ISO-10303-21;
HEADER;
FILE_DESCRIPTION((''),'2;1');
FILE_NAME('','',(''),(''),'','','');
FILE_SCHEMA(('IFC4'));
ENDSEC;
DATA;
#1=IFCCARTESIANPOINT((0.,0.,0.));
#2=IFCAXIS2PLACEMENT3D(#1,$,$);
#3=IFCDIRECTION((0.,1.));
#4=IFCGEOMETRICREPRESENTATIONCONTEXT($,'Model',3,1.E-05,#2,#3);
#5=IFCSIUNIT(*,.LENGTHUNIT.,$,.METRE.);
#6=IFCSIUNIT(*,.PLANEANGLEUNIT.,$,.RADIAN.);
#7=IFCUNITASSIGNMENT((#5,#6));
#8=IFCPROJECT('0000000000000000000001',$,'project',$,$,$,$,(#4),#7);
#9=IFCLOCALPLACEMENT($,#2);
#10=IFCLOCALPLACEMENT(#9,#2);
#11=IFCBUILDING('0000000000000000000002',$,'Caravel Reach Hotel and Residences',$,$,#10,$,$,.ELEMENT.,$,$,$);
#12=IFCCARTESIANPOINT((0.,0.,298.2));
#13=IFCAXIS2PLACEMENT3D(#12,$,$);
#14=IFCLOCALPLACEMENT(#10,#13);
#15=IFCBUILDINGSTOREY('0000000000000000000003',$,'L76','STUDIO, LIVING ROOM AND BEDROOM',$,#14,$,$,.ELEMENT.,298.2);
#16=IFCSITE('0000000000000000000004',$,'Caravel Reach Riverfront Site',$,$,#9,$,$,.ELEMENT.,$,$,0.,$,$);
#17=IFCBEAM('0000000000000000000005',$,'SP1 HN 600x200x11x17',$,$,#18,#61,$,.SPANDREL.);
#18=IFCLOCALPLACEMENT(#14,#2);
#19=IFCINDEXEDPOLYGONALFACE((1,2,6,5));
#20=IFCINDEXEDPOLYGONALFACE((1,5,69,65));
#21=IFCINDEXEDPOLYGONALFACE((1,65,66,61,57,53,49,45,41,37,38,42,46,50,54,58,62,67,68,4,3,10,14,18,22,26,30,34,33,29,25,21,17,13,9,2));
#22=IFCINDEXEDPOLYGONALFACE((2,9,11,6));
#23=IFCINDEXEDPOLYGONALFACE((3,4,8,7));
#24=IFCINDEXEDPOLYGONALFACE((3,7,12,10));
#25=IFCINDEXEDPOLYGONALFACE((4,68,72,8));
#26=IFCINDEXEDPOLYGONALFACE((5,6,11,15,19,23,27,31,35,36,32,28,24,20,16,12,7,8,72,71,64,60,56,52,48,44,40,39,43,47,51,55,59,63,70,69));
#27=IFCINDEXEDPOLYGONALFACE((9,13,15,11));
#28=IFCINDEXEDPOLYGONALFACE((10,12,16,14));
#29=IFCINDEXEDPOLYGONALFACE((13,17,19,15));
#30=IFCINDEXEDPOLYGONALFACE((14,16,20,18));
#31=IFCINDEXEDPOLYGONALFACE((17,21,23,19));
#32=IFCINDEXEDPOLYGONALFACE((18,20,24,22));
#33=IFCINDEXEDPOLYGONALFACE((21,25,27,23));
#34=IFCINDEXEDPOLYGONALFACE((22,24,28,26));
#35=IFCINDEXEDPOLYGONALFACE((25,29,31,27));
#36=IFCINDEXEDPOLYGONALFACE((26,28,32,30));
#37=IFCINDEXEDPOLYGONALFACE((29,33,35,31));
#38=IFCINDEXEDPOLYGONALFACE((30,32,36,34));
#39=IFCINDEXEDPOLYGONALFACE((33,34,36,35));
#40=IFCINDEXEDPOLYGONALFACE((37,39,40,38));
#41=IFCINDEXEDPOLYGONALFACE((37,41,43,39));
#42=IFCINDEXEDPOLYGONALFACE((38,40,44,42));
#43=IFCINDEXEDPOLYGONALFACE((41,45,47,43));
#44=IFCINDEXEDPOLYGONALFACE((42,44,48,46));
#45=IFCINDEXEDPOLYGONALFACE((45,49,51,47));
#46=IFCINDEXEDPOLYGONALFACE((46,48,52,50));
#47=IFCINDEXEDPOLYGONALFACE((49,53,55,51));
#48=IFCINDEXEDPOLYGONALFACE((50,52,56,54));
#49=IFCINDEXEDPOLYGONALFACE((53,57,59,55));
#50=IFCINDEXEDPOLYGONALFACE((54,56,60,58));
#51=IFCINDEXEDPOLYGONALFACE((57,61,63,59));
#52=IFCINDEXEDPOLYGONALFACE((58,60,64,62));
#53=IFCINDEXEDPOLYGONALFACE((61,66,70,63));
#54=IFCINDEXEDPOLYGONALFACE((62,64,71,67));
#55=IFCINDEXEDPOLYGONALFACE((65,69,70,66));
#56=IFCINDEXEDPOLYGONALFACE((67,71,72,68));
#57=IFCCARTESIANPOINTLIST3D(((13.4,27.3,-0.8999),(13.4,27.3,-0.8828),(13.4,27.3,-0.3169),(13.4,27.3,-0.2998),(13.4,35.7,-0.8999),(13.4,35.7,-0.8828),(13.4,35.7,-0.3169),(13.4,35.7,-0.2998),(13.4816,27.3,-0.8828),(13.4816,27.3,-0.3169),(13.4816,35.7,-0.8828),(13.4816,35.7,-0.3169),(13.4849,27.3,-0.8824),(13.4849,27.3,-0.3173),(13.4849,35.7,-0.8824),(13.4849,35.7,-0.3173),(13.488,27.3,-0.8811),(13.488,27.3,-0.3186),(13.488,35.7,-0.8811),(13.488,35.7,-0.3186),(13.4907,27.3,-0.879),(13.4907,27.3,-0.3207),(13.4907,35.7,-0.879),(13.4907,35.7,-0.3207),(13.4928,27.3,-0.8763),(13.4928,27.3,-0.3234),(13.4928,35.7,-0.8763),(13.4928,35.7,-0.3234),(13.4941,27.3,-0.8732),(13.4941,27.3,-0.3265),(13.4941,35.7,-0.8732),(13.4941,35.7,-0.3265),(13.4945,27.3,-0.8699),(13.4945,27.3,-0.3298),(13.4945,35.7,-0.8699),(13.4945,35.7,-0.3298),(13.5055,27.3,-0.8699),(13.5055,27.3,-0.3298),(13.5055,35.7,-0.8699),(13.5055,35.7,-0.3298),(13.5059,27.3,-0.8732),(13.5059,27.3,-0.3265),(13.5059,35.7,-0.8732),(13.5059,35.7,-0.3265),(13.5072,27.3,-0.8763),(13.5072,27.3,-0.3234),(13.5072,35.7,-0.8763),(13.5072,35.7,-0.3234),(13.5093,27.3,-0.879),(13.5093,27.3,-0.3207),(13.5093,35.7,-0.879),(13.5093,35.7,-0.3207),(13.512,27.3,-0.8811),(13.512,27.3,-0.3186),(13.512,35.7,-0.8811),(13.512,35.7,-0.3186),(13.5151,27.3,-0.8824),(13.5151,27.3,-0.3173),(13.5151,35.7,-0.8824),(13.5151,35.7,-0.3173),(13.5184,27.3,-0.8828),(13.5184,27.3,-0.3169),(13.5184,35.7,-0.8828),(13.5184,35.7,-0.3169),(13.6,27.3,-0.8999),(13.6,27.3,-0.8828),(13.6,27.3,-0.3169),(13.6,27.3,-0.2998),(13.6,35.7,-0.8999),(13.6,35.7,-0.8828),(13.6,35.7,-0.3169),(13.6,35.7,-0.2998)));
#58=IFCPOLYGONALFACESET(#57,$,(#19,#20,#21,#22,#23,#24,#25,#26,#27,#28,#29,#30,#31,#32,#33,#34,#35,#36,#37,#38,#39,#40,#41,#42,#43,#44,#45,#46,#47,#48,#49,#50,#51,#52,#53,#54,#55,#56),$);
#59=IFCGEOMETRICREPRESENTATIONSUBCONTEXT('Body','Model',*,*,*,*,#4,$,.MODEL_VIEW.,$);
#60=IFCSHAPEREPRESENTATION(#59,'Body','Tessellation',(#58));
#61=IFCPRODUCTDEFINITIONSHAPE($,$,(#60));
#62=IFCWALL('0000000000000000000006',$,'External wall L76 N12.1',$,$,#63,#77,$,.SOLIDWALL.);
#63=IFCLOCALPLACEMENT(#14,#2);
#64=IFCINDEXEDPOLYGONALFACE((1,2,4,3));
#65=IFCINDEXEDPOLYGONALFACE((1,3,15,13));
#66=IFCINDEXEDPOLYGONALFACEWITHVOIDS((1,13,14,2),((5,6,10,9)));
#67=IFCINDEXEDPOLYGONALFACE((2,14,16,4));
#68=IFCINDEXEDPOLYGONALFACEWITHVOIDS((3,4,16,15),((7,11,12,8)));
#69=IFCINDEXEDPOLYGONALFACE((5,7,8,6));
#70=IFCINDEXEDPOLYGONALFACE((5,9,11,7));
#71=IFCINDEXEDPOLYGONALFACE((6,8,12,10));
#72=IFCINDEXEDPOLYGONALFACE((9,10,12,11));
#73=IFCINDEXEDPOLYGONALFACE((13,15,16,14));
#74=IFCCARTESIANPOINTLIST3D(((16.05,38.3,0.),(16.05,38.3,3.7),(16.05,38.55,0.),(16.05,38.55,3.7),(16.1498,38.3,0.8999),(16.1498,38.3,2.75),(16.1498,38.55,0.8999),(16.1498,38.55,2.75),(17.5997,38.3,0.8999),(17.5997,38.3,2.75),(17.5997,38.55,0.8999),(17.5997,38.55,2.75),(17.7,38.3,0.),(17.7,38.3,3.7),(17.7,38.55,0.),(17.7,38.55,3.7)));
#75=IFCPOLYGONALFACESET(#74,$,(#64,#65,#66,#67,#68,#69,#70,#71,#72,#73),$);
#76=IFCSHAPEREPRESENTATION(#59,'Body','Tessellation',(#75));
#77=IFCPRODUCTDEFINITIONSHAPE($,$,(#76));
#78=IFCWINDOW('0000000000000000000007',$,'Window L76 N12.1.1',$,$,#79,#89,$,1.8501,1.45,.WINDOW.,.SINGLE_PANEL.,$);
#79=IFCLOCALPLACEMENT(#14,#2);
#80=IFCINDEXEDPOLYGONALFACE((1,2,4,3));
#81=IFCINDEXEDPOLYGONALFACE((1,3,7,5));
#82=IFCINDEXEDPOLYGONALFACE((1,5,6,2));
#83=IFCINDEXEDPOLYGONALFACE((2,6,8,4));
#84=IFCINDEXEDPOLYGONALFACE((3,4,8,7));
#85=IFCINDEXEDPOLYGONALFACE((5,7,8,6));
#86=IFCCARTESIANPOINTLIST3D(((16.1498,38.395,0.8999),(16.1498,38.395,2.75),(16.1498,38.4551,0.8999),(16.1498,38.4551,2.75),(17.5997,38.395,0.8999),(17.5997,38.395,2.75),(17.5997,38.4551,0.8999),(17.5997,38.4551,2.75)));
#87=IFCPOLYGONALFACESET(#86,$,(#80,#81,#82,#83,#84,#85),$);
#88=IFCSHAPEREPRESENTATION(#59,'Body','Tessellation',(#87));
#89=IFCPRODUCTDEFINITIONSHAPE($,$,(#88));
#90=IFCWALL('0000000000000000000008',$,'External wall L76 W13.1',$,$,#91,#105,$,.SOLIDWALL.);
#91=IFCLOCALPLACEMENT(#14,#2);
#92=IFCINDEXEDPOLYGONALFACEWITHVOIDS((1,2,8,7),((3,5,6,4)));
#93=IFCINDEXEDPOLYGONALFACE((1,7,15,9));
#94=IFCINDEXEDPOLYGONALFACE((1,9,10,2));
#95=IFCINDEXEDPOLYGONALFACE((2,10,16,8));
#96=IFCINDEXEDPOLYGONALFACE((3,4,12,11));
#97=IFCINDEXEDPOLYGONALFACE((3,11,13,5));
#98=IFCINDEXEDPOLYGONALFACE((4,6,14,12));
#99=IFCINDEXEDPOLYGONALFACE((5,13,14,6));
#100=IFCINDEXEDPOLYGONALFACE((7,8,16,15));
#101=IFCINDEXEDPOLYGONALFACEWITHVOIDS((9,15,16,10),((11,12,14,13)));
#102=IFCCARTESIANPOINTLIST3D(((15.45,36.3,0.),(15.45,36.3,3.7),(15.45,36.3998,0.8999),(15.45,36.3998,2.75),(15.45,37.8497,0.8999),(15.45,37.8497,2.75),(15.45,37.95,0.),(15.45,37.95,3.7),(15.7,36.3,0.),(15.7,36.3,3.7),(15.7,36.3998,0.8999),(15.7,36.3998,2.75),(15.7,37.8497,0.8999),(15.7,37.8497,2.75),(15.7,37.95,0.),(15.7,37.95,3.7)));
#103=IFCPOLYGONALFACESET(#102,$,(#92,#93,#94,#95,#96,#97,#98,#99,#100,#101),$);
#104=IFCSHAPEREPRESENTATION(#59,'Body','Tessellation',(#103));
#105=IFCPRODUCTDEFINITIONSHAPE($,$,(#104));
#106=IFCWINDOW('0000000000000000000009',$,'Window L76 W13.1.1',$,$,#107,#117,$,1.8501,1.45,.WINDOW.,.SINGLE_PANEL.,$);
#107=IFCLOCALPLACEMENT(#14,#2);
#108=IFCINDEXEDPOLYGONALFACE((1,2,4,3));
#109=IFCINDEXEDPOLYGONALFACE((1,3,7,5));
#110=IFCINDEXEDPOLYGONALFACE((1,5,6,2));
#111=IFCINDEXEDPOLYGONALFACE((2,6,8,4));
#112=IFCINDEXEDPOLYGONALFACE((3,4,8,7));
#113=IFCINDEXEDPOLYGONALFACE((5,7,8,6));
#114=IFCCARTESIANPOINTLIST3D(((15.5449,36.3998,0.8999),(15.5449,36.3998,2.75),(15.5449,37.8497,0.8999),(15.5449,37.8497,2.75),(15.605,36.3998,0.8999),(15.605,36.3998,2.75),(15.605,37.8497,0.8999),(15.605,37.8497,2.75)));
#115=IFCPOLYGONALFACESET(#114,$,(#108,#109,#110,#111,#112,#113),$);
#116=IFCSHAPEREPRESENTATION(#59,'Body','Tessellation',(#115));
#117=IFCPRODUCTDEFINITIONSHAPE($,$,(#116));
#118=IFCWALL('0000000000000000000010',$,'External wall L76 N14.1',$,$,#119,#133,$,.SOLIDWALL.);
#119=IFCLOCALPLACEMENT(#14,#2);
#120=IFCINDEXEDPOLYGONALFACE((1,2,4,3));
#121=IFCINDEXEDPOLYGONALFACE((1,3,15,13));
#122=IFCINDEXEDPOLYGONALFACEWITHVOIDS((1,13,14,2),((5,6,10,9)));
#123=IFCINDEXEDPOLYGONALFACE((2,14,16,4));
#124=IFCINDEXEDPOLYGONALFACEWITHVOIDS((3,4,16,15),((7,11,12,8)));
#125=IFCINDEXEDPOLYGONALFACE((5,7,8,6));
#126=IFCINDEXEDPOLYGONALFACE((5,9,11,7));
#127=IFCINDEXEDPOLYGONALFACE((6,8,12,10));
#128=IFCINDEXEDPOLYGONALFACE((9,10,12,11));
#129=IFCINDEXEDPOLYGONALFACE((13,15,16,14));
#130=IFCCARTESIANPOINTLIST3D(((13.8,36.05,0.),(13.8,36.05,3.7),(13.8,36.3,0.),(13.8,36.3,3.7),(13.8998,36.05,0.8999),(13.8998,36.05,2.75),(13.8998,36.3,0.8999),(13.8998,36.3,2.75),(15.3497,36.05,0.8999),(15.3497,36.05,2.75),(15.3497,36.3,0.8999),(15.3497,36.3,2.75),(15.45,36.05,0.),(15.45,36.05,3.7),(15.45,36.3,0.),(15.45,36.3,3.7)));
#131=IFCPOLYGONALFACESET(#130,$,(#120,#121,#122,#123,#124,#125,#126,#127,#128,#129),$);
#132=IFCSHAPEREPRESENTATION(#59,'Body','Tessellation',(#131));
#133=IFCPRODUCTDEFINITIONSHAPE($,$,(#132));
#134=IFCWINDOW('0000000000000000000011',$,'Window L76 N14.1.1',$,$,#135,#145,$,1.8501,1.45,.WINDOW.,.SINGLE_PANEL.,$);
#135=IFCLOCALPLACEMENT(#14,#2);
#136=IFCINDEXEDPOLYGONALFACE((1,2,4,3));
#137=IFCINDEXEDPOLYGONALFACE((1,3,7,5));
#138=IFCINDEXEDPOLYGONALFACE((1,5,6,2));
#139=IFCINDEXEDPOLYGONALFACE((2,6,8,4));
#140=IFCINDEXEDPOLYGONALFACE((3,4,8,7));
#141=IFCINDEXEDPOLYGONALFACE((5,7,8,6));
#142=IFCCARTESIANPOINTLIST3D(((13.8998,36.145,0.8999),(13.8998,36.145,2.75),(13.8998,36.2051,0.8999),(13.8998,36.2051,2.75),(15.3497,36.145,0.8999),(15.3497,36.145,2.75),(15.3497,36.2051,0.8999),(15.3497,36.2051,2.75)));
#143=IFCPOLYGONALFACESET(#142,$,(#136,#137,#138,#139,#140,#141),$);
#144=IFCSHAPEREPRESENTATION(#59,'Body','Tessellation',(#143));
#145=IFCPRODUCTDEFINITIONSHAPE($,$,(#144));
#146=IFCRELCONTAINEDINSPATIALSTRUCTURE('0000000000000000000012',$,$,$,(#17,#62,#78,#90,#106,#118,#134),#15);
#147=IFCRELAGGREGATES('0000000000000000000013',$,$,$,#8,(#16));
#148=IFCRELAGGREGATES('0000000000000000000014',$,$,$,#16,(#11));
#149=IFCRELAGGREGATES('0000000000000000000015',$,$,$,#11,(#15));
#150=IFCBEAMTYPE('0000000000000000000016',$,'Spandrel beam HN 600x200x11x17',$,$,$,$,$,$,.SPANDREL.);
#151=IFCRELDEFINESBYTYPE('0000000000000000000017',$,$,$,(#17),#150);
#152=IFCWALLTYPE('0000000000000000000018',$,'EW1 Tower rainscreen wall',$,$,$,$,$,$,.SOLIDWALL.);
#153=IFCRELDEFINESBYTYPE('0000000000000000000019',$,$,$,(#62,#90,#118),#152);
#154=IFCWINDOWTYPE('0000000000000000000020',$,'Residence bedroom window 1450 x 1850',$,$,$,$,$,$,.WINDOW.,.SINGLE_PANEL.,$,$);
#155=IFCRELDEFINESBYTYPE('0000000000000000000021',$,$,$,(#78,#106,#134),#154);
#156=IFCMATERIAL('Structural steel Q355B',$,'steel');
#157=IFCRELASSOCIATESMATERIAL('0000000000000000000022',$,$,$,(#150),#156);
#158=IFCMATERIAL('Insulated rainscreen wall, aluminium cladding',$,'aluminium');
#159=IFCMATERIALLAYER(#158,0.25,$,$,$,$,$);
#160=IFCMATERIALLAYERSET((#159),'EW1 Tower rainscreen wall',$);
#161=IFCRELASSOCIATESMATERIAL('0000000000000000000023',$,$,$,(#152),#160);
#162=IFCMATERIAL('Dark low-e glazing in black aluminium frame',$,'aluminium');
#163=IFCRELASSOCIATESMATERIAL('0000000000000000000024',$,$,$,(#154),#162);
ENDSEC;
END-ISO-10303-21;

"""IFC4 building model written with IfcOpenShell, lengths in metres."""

from ifc_helpers import new_model, si_unit, direction, frame, frame_2d, origin, origin_2d, place, context, subcontext, project, spatial, rectangle, i_section, extrude, material, layer, layer_set, material_profile, profile_set, type_object, element, fill, save


model = new_model("IFC4")

# Units and contexts
model_context = context("Model", 3, precision=1e-05, world=origin(), true_north=direction((0.0, 1.0)))
body_context = subcontext(model_context, "Body", "Model", "MODEL_VIEW")
ifc_project = project(units=[si_unit("LENGTHUNIT", "METRE"), si_unit("PLANEANGLEUNIT", "RADIAN")], contexts=[model_context])

# Site, building, storey
site_placement = place(None, origin())
site = spatial("IfcSite", under=ifc_project, at=site_placement, Name="Caravel Reach Riverfront Site", CompositionType="ELEMENT", RefElevation=0.0)
building_placement = place(site_placement, origin())
building = spatial("IfcBuilding", under=site, at=building_placement, Name="Caravel Reach Hotel and Residences", CompositionType="ELEMENT")
storey_placement = place(building_placement, frame((0.0, 0.0, 298.2)))
storey = spatial("IfcBuildingStorey", under=building, at=storey_placement, Name="L76", Description="STUDIO, LIVING ROOM AND BEDROOM", CompositionType="ELEMENT", Elevation=298.2)

# Beam
ifc_material_1 = material(Name="Structural steel Q355B", Category="steel")
ifc_material_profile_1 = material_profile(ifc_material_1, i_section(OverallWidth=0.2, OverallDepth=0.6001, WebThickness=0.011, FlangeThickness=0.0171, FilletRadius=0.0129, at=origin_2d()), Name="HN 600x200x11x17")
ifc_profile_set_1 = profile_set([ifc_material_profile_1], Name="Structural steel Q355B")
beam_type = type_object("IfcBeamType", Name="Spandrel beam HN 600x200x11x17", PredefinedType="SPANDREL", material=ifc_profile_set_1)
beam_placement = place(storey_placement, frame((13.5, 35.7, -0.5999), z_axis=(0.0, -1.0, 0.0), x_axis=(1.0, 0.0, 0.0)))
element("IfcBeam", 1, at=beam_placement, inside=storey, type_object=beam_type, Name="SP1 HN 600x200x11x17", PredefinedType="SPANDREL", context=body_context, shape_type="SweptSolid", body=[
    extrude(i_section(OverallWidth=0.2, OverallDepth=0.6001, WebThickness=0.011, FlangeThickness=0.0171, FilletRadius=0.0129, at=origin_2d()), origin(), (0.0, 0.0, 1.0), 8.3999),
])

# Walls, openings, windows
ifc_material_2 = material(Name="Insulated rainscreen wall, aluminium cladding", Category="aluminium")
ifc_layer = layer(ifc_material_2, 0.25)
ifc_layer_set = layer_set([ifc_layer], Name="EW1 Tower rainscreen wall")
wall_type = type_object("IfcWallType", Name="EW1 Tower rainscreen wall", PredefinedType="SOLIDWALL", material=ifc_layer_set)
wall_1_placement = place(storey_placement, frame((17.7, 38.425, 0.0), z_axis=(0.0, 0.0, 1.0), x_axis=(-1.0, 0.0, 0.0)))
wall_1 = element("IfcWall", 2, at=wall_1_placement, inside=storey, type_object=wall_type, Name="External wall L76 N12.1", PredefinedType="SOLIDWALL", context=body_context, shape_type="SweptSolid", body=[
    extrude(rectangle(XDim=1.6499, YDim=0.25, at=frame_2d((0.825, 0.0))), origin(), (0.0, 0.0, 1.0), 3.7),
])
opening_1_placement = place(wall_1_placement, frame((0.1001, 0.0, 0.8999)))
opening_1 = element("IfcOpeningElement", 3, at=opening_1_placement, cuts=wall_1, PredefinedType="OPENING", context=body_context, shape_type="SweptSolid", body=[
    extrude(rectangle(XDim=1.45, YDim=1.8501, at=frame_2d((0.7251, 0.925))), frame((0.0, 0.135, 0.0), z_axis=(0.0, -1.0, 0.0), x_axis=(1.0, 0.0, 0.0)), (0.0, 0.0, 1.0), 0.27),
])
ifc_material_3 = material(Name="Dark low-e glazing in black aluminium frame", Category="aluminium")
window_type_1 = type_object("IfcWindowType", Name="Residence bedroom window 1450 x 1850", PartitioningType="SINGLE_PANEL", PredefinedType="WINDOW", material=ifc_material_3)
window_1_placement = place(opening_1_placement, origin())
window_1 = element("IfcWindow", 4, at=window_1_placement, inside=storey, type_object=window_type_1, Name="Window L76 N12.1.1", OverallHeight=1.8501, OverallWidth=1.45, PartitioningType="SINGLE_PANEL", PredefinedType="WINDOW", context=body_context, shape_type="SweptSolid", body=[
    extrude(rectangle(XDim=1.45, YDim=1.8501, at=frame_2d((0.7251, 0.925))), frame((0.0, 0.03, 0.0), z_axis=(0.0, -1.0, 0.0), x_axis=(1.0, 0.0, 0.0)), (0.0, 0.0, 1.0), 0.0601),
])
fill(opening_1, window_1)
wall_2_placement = place(storey_placement, frame((15.575, 37.95, 0.0), z_axis=(0.0, 0.0, 1.0), x_axis=(0.0, -1.0, 0.0)))
wall_2 = element("IfcWall", 5, at=wall_2_placement, inside=storey, type_object=wall_type, Name="External wall L76 W13.1", PredefinedType="SOLIDWALL", context=body_context, shape_type="SweptSolid", body=[
    extrude(rectangle(XDim=1.6499, YDim=0.25, at=frame_2d((0.825, 0.0))), origin(), (0.0, 0.0, 1.0), 3.7),
])
opening_2_placement = place(wall_2_placement, frame((0.1001, 0.0, 0.8999)))
opening_2 = element("IfcOpeningElement", 6, at=opening_2_placement, cuts=wall_2, PredefinedType="OPENING", context=body_context, shape_type="SweptSolid", body=[
    extrude(rectangle(XDim=1.45, YDim=1.8501, at=frame_2d((0.7251, 0.925))), frame((0.0, 0.135, 0.0), z_axis=(0.0, -1.0, 0.0), x_axis=(1.0, 0.0, 0.0)), (0.0, 0.0, 1.0), 0.27),
])
window_2_placement = place(opening_2_placement, origin())
window_2 = element("IfcWindow", 7, at=window_2_placement, inside=storey, type_object=window_type_1, Name="Window L76 W13.1.1", OverallHeight=1.8501, OverallWidth=1.45, PartitioningType="SINGLE_PANEL", PredefinedType="WINDOW", context=body_context, shape_type="SweptSolid", body=[
    extrude(rectangle(XDim=1.45, YDim=1.8501, at=frame_2d((0.7251, 0.925))), frame((0.0, 0.03, 0.0), z_axis=(0.0, -1.0, 0.0), x_axis=(1.0, 0.0, 0.0)), (0.0, 0.0, 1.0), 0.0601),
])
fill(opening_2, window_2)
wall_3_placement = place(storey_placement, frame((15.45, 36.175, 0.0), z_axis=(0.0, 0.0, 1.0), x_axis=(-1.0, 0.0, 0.0)))
wall_3 = element("IfcWall", 8, at=wall_3_placement, inside=storey, type_object=wall_type, Name="External wall L76 N14.1", PredefinedType="SOLIDWALL", context=body_context, shape_type="SweptSolid", body=[
    extrude(rectangle(XDim=1.6499, YDim=0.25, at=frame_2d((0.825, 0.0))), origin(), (0.0, 0.0, 1.0), 3.7),
])
opening_3_placement = place(wall_3_placement, frame((0.1001, 0.0, 0.8999)))
opening_3 = element("IfcOpeningElement", 9, at=opening_3_placement, cuts=wall_3, PredefinedType="OPENING", context=body_context, shape_type="SweptSolid", body=[
    extrude(rectangle(XDim=1.45, YDim=1.8501, at=frame_2d((0.7251, 0.925))), frame((0.0, 0.135, 0.0), z_axis=(0.0, -1.0, 0.0), x_axis=(1.0, 0.0, 0.0)), (0.0, 0.0, 1.0), 0.27),
])
window_3_placement = place(opening_3_placement, origin())
window_3 = element("IfcWindow", 10, at=window_3_placement, inside=storey, type_object=window_type_1, Name="Window L76 N14.1.1", OverallHeight=1.8501, OverallWidth=1.45, PartitioningType="SINGLE_PANEL", PredefinedType="WINDOW", context=body_context, shape_type="SweptSolid", body=[
    extrude(rectangle(XDim=1.45, YDim=1.8501, at=frame_2d((0.7251, 0.925))), frame((0.0, 0.03, 0.0), z_axis=(0.0, -1.0, 0.0), x_axis=(1.0, 0.0, 0.0)), (0.0, 0.0, 1.0), 0.0601),
])
fill(opening_3, window_3)

save(model, "model.ifc")
